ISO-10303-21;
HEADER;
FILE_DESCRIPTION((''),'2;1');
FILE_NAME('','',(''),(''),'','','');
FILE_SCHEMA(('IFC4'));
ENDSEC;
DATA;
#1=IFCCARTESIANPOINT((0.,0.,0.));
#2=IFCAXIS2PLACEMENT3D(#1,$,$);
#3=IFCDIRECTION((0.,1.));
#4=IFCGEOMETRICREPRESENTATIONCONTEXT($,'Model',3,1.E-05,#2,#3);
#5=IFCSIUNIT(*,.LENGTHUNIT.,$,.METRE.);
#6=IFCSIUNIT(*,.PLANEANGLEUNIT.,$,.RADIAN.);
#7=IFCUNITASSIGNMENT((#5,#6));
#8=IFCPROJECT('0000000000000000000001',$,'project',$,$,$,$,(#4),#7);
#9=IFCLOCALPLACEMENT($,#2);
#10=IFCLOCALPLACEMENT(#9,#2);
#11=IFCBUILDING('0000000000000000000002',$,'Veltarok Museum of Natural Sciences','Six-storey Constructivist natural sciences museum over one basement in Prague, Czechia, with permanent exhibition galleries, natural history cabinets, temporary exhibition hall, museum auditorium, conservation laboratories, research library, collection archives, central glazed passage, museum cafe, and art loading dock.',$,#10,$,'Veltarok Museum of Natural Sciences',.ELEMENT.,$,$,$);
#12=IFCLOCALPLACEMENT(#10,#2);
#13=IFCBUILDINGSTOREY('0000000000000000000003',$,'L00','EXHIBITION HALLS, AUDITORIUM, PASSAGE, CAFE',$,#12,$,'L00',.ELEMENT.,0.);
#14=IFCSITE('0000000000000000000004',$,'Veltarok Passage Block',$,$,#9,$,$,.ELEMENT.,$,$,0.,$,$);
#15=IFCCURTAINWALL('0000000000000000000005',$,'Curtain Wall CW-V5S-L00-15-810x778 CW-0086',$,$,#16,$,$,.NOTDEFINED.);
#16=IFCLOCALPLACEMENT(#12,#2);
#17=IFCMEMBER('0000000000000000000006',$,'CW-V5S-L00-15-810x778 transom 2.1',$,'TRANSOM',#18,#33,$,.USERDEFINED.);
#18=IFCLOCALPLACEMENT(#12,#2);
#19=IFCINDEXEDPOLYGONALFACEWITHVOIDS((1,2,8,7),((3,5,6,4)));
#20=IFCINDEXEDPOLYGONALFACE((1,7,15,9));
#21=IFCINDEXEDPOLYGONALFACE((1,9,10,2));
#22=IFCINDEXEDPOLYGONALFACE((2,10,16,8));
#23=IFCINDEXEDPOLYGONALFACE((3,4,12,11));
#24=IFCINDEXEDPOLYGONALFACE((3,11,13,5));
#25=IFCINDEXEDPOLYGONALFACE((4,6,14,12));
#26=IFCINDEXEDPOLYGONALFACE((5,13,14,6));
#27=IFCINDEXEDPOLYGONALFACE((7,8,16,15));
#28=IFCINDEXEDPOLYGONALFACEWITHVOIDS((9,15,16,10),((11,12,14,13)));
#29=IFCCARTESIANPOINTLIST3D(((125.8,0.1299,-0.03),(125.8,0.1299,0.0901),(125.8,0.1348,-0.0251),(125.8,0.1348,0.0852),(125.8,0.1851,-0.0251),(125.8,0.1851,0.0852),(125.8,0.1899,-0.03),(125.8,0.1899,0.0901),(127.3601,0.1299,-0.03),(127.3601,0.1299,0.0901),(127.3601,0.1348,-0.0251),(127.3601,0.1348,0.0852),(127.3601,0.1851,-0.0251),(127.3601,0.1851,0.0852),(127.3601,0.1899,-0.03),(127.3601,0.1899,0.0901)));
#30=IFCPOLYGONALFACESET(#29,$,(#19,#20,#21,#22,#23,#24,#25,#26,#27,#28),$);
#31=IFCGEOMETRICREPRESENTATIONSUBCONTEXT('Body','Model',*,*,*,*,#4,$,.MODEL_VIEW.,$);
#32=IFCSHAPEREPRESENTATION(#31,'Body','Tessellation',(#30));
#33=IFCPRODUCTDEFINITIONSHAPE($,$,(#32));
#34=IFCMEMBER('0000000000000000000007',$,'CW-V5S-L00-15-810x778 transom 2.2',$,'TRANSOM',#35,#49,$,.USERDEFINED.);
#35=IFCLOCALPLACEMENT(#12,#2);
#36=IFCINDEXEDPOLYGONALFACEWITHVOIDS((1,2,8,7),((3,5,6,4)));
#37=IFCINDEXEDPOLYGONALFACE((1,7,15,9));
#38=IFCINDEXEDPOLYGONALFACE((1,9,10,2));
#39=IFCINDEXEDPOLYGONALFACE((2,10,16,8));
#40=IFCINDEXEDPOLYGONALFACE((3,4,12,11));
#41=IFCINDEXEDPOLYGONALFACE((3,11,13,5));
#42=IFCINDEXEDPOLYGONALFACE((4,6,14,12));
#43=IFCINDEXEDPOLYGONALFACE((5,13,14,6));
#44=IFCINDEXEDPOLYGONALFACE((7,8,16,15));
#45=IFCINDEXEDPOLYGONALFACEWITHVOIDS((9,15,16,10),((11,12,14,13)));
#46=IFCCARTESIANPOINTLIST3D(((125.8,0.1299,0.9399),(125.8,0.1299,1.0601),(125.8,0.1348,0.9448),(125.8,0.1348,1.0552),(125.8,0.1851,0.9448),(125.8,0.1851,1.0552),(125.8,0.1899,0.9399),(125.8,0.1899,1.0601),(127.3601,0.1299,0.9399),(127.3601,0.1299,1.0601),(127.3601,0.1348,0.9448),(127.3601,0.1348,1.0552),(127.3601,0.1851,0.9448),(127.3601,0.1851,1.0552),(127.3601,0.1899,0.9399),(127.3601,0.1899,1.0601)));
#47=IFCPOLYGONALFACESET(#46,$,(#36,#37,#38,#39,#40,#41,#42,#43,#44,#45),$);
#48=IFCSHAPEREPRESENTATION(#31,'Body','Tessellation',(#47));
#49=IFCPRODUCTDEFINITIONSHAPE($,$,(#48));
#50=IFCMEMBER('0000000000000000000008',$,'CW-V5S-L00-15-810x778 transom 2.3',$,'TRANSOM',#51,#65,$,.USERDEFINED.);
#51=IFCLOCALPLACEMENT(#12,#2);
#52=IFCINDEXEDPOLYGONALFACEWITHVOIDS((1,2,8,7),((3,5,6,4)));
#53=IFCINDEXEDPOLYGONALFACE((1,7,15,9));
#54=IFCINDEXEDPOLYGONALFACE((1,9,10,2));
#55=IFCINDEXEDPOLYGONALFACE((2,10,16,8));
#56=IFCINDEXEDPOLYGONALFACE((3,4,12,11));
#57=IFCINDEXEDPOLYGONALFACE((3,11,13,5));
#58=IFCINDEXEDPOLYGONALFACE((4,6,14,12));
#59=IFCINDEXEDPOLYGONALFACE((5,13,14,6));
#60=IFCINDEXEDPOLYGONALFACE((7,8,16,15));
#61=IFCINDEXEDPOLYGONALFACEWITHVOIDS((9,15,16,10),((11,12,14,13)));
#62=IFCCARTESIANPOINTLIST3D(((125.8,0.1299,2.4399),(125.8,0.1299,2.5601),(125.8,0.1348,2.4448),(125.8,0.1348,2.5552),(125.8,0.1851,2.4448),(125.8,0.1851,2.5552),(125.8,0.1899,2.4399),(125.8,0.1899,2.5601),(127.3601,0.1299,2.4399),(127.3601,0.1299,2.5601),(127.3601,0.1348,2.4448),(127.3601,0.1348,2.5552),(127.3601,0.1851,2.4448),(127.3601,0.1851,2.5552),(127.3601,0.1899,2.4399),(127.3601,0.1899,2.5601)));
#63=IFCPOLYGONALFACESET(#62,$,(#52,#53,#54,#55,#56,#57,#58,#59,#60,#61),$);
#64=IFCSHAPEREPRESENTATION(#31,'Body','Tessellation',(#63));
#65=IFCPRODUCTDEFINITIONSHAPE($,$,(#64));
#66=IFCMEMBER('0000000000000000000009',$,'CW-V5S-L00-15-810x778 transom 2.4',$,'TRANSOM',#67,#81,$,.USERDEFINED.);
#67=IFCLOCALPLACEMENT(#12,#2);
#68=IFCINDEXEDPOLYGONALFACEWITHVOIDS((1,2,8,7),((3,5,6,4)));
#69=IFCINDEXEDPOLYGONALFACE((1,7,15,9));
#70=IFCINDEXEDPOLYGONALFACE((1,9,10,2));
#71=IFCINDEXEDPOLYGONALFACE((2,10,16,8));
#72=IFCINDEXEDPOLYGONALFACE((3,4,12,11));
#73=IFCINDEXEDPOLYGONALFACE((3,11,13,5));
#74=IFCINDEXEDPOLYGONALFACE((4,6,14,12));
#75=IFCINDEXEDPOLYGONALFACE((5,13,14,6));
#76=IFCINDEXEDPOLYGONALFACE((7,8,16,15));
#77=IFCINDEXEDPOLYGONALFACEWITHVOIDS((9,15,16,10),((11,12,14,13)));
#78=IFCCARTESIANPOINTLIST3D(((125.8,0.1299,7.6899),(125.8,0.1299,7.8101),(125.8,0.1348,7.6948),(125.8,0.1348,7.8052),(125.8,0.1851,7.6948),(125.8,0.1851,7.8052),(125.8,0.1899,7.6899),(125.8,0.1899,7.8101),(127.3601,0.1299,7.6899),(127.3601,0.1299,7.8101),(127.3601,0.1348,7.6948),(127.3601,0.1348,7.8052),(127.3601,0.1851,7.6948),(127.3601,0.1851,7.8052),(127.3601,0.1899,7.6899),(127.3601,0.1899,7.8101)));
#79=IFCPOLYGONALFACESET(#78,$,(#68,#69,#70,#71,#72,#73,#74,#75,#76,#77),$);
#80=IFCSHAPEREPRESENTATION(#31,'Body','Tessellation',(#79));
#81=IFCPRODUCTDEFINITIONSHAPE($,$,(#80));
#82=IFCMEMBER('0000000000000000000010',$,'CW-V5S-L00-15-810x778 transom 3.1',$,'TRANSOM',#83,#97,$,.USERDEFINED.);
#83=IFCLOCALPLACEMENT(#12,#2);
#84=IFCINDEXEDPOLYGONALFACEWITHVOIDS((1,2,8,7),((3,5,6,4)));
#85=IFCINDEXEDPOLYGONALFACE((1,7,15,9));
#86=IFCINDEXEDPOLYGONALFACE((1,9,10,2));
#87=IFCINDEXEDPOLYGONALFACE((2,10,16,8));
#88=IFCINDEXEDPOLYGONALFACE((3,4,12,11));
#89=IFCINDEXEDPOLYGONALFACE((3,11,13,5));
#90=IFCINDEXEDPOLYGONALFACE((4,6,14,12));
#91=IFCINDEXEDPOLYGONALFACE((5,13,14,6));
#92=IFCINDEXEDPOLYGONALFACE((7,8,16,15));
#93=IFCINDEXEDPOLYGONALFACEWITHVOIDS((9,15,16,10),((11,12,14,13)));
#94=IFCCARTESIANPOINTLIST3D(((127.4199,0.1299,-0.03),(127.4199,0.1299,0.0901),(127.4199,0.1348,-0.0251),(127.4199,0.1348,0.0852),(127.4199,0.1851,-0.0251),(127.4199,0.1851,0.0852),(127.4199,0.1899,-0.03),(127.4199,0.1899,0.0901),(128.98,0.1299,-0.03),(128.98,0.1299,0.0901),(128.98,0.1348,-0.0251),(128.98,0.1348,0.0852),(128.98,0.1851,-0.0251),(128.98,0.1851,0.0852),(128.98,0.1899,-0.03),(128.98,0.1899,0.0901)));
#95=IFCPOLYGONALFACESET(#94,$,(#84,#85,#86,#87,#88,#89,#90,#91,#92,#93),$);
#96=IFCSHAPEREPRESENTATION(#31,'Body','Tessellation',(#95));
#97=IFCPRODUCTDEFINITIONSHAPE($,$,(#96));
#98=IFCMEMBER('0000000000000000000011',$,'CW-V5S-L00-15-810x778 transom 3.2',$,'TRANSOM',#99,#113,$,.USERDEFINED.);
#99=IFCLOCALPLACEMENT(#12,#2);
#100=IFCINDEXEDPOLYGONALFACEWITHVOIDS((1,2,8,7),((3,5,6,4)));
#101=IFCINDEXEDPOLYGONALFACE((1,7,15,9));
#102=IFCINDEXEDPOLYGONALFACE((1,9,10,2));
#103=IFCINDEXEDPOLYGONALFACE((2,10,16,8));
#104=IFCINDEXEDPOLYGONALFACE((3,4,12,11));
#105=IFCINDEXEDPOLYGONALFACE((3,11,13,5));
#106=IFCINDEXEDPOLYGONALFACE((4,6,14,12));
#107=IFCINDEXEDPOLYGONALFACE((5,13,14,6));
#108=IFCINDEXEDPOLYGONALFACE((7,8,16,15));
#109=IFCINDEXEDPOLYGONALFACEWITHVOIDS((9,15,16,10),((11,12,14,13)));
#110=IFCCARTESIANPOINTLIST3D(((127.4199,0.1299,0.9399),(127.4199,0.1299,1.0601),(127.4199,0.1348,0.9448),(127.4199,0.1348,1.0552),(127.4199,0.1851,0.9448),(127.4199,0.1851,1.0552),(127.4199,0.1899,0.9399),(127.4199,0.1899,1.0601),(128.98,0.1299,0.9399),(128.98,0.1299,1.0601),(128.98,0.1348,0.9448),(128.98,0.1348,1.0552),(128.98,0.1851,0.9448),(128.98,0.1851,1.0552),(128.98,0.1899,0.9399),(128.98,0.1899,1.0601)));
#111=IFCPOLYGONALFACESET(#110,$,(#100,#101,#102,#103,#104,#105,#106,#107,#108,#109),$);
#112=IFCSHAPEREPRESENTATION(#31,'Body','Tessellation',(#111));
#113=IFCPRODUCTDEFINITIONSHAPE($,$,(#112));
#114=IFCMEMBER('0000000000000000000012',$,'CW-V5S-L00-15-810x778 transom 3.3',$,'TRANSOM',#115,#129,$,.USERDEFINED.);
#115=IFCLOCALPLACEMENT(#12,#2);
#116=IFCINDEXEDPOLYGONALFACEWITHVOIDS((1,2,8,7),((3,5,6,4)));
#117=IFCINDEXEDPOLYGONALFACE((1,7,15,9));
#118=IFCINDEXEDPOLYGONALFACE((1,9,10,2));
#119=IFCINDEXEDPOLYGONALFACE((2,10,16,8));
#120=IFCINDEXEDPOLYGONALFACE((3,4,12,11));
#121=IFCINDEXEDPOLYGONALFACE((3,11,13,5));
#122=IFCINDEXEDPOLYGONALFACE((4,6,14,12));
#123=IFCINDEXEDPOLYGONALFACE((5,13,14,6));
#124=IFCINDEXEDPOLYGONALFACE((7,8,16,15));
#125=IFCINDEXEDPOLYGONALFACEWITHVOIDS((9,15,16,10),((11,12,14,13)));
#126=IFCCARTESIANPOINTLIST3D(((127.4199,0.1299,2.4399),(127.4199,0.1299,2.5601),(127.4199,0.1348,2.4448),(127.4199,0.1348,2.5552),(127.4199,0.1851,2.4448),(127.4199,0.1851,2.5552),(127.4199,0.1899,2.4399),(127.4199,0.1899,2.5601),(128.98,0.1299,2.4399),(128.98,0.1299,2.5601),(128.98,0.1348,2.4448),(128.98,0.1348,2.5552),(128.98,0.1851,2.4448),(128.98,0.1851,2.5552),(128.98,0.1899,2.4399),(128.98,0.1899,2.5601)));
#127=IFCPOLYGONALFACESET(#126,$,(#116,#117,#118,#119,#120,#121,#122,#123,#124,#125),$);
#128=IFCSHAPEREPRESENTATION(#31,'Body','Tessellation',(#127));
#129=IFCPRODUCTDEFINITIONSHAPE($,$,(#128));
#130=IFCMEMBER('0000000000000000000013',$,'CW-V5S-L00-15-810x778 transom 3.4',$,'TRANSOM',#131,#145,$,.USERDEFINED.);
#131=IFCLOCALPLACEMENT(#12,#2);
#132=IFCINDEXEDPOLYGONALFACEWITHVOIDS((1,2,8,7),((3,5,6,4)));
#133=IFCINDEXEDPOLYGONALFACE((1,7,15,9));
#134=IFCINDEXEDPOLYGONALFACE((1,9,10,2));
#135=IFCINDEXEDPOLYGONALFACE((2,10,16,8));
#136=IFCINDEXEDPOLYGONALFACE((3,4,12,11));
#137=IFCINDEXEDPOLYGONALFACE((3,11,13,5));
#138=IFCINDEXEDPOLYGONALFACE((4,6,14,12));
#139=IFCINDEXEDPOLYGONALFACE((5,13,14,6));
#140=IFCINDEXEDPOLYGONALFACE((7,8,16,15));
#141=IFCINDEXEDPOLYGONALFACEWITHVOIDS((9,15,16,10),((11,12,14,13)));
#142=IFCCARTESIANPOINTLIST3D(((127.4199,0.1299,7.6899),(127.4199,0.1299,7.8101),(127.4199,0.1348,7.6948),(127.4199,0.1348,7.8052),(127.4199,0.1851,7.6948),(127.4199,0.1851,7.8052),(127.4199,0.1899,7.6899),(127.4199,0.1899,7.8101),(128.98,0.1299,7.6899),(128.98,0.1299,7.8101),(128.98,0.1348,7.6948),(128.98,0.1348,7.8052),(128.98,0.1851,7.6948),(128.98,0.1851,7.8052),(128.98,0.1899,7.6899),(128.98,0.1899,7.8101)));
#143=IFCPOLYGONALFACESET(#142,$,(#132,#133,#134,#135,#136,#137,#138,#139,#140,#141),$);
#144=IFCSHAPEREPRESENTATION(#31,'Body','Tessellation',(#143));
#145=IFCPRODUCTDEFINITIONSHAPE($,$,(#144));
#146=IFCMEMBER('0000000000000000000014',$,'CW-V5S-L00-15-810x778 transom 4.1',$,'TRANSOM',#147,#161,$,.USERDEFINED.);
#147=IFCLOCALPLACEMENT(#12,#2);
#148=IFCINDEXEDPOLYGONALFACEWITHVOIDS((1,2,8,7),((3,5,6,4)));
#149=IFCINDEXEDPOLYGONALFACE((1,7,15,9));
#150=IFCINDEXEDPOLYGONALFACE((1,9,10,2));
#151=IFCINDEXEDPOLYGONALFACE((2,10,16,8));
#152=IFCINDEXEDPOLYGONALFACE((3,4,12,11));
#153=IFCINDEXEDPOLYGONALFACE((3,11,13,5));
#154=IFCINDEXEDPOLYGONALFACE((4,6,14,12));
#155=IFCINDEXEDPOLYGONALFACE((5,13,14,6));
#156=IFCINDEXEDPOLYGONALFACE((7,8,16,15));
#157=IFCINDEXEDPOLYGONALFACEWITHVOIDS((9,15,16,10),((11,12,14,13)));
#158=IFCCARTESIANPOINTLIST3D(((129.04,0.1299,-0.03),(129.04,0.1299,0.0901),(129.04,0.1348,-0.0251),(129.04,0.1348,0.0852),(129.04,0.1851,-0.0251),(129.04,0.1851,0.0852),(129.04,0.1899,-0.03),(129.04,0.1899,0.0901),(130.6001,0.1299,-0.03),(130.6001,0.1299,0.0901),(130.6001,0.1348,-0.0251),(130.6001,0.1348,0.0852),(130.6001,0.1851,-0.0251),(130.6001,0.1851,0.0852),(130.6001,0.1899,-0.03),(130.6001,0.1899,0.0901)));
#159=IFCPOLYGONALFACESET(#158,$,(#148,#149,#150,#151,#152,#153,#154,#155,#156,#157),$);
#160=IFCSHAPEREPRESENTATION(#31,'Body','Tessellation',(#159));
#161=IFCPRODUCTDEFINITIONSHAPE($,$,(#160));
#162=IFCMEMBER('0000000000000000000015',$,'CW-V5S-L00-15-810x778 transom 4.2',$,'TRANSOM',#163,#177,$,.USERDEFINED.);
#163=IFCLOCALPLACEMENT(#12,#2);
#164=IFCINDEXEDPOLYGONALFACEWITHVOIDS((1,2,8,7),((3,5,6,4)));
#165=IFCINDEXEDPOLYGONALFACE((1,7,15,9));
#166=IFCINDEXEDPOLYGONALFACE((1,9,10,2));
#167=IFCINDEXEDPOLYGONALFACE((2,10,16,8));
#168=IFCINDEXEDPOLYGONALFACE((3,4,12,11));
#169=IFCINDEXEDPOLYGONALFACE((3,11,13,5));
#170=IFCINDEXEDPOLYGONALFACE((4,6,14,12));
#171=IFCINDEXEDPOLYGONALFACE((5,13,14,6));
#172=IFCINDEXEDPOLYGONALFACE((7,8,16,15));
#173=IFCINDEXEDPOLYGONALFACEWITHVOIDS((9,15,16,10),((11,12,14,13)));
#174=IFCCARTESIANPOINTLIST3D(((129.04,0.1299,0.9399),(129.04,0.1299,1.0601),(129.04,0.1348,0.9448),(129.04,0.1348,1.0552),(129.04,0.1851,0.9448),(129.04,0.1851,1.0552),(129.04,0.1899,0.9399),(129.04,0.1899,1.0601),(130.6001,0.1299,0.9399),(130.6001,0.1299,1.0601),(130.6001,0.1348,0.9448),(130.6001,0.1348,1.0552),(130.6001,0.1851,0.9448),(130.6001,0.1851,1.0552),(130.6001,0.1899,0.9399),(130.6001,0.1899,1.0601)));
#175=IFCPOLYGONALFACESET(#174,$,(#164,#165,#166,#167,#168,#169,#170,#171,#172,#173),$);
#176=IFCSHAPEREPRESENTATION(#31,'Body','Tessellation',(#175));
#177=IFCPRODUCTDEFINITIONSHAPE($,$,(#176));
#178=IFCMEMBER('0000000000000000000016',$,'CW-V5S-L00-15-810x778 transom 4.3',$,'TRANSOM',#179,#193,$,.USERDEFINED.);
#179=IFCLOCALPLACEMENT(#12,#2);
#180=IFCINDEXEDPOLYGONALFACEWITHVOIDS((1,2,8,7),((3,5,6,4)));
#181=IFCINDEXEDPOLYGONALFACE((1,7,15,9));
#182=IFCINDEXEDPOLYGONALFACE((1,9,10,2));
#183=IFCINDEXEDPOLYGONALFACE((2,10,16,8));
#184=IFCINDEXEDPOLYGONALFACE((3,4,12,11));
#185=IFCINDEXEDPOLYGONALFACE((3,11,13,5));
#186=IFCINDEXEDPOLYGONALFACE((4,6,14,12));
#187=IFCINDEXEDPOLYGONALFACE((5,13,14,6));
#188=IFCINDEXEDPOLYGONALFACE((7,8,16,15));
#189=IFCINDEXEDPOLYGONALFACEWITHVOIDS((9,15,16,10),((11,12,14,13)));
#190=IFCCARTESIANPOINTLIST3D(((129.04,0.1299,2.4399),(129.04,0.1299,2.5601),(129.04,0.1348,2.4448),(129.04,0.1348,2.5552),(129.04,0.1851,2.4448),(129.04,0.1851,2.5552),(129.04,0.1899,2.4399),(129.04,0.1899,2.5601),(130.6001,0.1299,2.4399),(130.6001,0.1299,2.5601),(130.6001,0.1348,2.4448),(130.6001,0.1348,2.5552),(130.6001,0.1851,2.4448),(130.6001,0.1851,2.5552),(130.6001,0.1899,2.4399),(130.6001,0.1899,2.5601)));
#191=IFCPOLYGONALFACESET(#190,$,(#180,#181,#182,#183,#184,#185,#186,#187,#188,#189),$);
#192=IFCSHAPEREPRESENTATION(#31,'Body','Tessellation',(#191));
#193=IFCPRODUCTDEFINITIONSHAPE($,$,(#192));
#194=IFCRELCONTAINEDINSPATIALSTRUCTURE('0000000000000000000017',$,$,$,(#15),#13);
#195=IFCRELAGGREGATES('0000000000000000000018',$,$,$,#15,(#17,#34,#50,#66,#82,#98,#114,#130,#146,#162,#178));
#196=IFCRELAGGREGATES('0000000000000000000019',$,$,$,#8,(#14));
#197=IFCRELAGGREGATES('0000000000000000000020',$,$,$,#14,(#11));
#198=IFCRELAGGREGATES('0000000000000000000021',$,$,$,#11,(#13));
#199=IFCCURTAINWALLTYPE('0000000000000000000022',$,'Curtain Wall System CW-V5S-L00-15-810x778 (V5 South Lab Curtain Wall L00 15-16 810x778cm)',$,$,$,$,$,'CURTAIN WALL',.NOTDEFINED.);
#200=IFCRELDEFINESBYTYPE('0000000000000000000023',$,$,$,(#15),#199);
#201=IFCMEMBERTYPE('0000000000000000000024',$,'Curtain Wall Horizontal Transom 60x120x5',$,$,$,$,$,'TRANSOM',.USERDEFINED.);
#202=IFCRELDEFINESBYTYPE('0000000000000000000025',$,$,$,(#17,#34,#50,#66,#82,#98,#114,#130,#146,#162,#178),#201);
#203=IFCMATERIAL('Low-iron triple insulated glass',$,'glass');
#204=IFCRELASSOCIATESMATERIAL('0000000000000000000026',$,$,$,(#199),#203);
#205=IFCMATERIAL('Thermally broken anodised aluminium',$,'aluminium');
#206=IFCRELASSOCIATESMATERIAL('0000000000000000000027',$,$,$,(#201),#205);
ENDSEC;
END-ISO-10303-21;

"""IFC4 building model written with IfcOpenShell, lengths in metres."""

from ifc_helpers import new_model, si_unit, direction, frame, origin, origin_2d, place, context, subcontext, project, spatial, hollow_rectangle, extrude, material, material_profile, profile_set, type_object, element, aggregate, save


model = new_model("IFC4")

# Units and contexts
model_context = context("Model", 3, precision=1e-05, world=origin(), true_north=direction((0.0, 1.0)))
body_context = subcontext(model_context, "Body", "Model", "MODEL_VIEW")
ifc_project = project(units=[si_unit("LENGTHUNIT", "METRE"), si_unit("PLANEANGLEUNIT", "RADIAN")], contexts=[model_context])

# Site, building, storey
site_placement = place(None, origin())
site = spatial("IfcSite", under=ifc_project, at=site_placement, Name="Veltarok Passage Block", CompositionType="ELEMENT", RefElevation=0.0)
building_placement = place(site_placement, origin())
building = spatial("IfcBuilding", under=site, at=building_placement, Name="Veltarok Museum of Natural Sciences", Description="Six-storey Constructivist natural sciences museum over one basement in Prague, Czechia, with permanent exhibition galleries, natural history cabinets, temporary exhibition hall, museum auditorium, conservation laboratories, research library, collection archives, central glazed passage, museum cafe, and art loading dock.", LongName="Veltarok Museum of Natural Sciences", CompositionType="ELEMENT")
storey_placement = place(building_placement, origin())
storey = spatial("IfcBuildingStorey", under=building, at=storey_placement, Name="L00", Description="EXHIBITION HALLS, AUDITORIUM, PASSAGE, CAFE", LongName="L00", CompositionType="ELEMENT", Elevation=0.0)

# Curtain wall, members
ifc_material_1 = material(Name="Low-iron triple insulated glass", Category="glass")
curtain_wall_type = type_object("IfcCurtainWallType", Name="Curtain Wall System CW-V5S-L00-15-810x778 (V5 South Lab Curtain Wall L00 15-16 810x778cm)", ElementType="CURTAIN WALL", PredefinedType="NOTDEFINED", material=ifc_material_1)
curtain_wall_placement = place(storey_placement, origin())
curtain_wall = element("IfcCurtainWall", 1, at=curtain_wall_placement, inside=storey, type_object=curtain_wall_type, Name="Curtain Wall CW-V5S-L00-15-810x778 CW-0086", PredefinedType="NOTDEFINED")
ifc_material_2 = material(Name="Thermally broken anodised aluminium", Category="aluminium")
ifc_material_profile_1 = material_profile(ifc_material_2, hollow_rectangle(XDim=0.0601, YDim=0.1201, WallThickness=0.0049, at=origin_2d()), Name="CW TRANSOM 60x120x5")
ifc_profile_set_1 = profile_set([ifc_material_profile_1], Name="Thermally broken anodised aluminium")
member_type_1 = type_object("IfcMemberType", Name="Curtain Wall Horizontal Transom 60x120x5", ElementType="TRANSOM", PredefinedType="USERDEFINED", material=ifc_profile_set_1)
member_1_placement = place(storey_placement, frame((125.8, 0.1599, 0.03), z_axis=(1.0, 0.0, 0.0), x_axis=(0.0, 1.0, 0.0)))
member_1 = element("IfcMember", 2, at=member_1_placement, type_object=member_type_1, Name="CW-V5S-L00-15-810x778 transom 2.1", ObjectType="TRANSOM", PredefinedType="USERDEFINED", context=body_context, shape_type="SweptSolid", body=[
    extrude(hollow_rectangle(XDim=0.0601, YDim=0.1201, WallThickness=0.0049, at=origin_2d()), origin(), (0.0, 0.0, 1.0), 1.5601),
])
member_2_placement = place(storey_placement, frame((125.8, 0.1599, 1.0), z_axis=(1.0, 0.0, 0.0), x_axis=(0.0, 1.0, 0.0)))
member_2 = element("IfcMember", 3, at=member_2_placement, type_object=member_type_1, Name="CW-V5S-L00-15-810x778 transom 2.2", ObjectType="TRANSOM", PredefinedType="USERDEFINED", context=body_context, shape_type="SweptSolid", body=[
    extrude(hollow_rectangle(XDim=0.0601, YDim=0.1201, WallThickness=0.0049, at=origin_2d()), origin(), (0.0, 0.0, 1.0), 1.5601),
])
member_3_placement = place(storey_placement, frame((125.8, 0.1599, 2.5), z_axis=(1.0, 0.0, 0.0), x_axis=(0.0, 1.0, 0.0)))
member_3 = element("IfcMember", 4, at=member_3_placement, type_object=member_type_1, Name="CW-V5S-L00-15-810x778 transom 2.3", ObjectType="TRANSOM", PredefinedType="USERDEFINED", context=body_context, shape_type="SweptSolid", body=[
    extrude(hollow_rectangle(XDim=0.0601, YDim=0.1201, WallThickness=0.0049, at=origin_2d()), origin(), (0.0, 0.0, 1.0), 1.5601),
])
member_4_placement = place(storey_placement, frame((125.8, 0.1599, 7.75), z_axis=(1.0, 0.0, 0.0), x_axis=(0.0, 1.0, 0.0)))
member_4 = element("IfcMember", 5, at=member_4_placement, type_object=member_type_1, Name="CW-V5S-L00-15-810x778 transom 2.4", ObjectType="TRANSOM", PredefinedType="USERDEFINED", context=body_context, shape_type="SweptSolid", body=[
    extrude(hollow_rectangle(XDim=0.0601, YDim=0.1201, WallThickness=0.0049, at=origin_2d()), origin(), (0.0, 0.0, 1.0), 1.5601),
])
member_5_placement = place(storey_placement, frame((127.4199, 0.1599, 0.03), z_axis=(1.0, 0.0, 0.0), x_axis=(0.0, 1.0, 0.0)))
member_5 = element("IfcMember", 6, at=member_5_placement, type_object=member_type_1, Name="CW-V5S-L00-15-810x778 transom 3.1", ObjectType="TRANSOM", PredefinedType="USERDEFINED", context=body_context, shape_type="SweptSolid", body=[
    extrude(hollow_rectangle(XDim=0.0601, YDim=0.1201, WallThickness=0.0049, at=origin_2d()), origin(), (0.0, 0.0, 1.0), 1.5601),
])
member_6_placement = place(storey_placement, frame((127.4199, 0.1599, 1.0), z_axis=(1.0, 0.0, 0.0), x_axis=(0.0, 1.0, 0.0)))
member_6 = element("IfcMember", 7, at=member_6_placement, type_object=member_type_1, Name="CW-V5S-L00-15-810x778 transom 3.2", ObjectType="TRANSOM", PredefinedType="USERDEFINED", context=body_context, shape_type="SweptSolid", body=[
    extrude(hollow_rectangle(XDim=0.0601, YDim=0.1201, WallThickness=0.0049, at=origin_2d()), origin(), (0.0, 0.0, 1.0), 1.5601),
])
member_7_placement = place(storey_placement, frame((127.4199, 0.1599, 2.5), z_axis=(1.0, 0.0, 0.0), x_axis=(0.0, 1.0, 0.0)))
member_7 = element("IfcMember", 8, at=member_7_placement, type_object=member_type_1, Name="CW-V5S-L00-15-810x778 transom 3.3", ObjectType="TRANSOM", PredefinedType="USERDEFINED", context=body_context, shape_type="SweptSolid", body=[
    extrude(hollow_rectangle(XDim=0.0601, YDim=0.1201, WallThickness=0.0049, at=origin_2d()), origin(), (0.0, 0.0, 1.0), 1.5601),
])
member_8_placement = place(storey_placement, frame((127.4199, 0.1599, 7.75), z_axis=(1.0, 0.0, 0.0), x_axis=(0.0, 1.0, 0.0)))
member_8 = element("IfcMember", 9, at=member_8_placement, type_object=member_type_1, Name="CW-V5S-L00-15-810x778 transom 3.4", ObjectType="TRANSOM", PredefinedType="USERDEFINED", context=body_context, shape_type="SweptSolid", body=[
    extrude(hollow_rectangle(XDim=0.0601, YDim=0.1201, WallThickness=0.0049, at=origin_2d()), origin(), (0.0, 0.0, 1.0), 1.5601),
])
member_9_placement = place(storey_placement, frame((129.04, 0.1599, 0.03), z_axis=(1.0, 0.0, 0.0), x_axis=(0.0, 1.0, 0.0)))
member_9 = element("IfcMember", 10, at=member_9_placement, type_object=member_type_1, Name="CW-V5S-L00-15-810x778 transom 4.1", ObjectType="TRANSOM", PredefinedType="USERDEFINED", context=body_context, shape_type="SweptSolid", body=[
    extrude(hollow_rectangle(XDim=0.0601, YDim=0.1201, WallThickness=0.0049, at=origin_2d()), origin(), (0.0, 0.0, 1.0), 1.5601),
])
member_10_placement = place(storey_placement, frame((129.04, 0.1599, 1.0), z_axis=(1.0, 0.0, 0.0), x_axis=(0.0, 1.0, 0.0)))
member_10 = element("IfcMember", 11, at=member_10_placement, type_object=member_type_1, Name="CW-V5S-L00-15-810x778 transom 4.2", ObjectType="TRANSOM", PredefinedType="USERDEFINED", context=body_context, shape_type="SweptSolid", body=[
    extrude(hollow_rectangle(XDim=0.0601, YDim=0.1201, WallThickness=0.0049, at=origin_2d()), origin(), (0.0, 0.0, 1.0), 1.5601),
])
member_11_placement = place(storey_placement, frame((129.04, 0.1599, 2.5), z_axis=(1.0, 0.0, 0.0), x_axis=(0.0, 1.0, 0.0)))
member_11 = element("IfcMember", 12, at=member_11_placement, type_object=member_type_1, Name="CW-V5S-L00-15-810x778 transom 4.3", ObjectType="TRANSOM", PredefinedType="USERDEFINED", context=body_context, shape_type="SweptSolid", body=[
    extrude(hollow_rectangle(XDim=0.0601, YDim=0.1201, WallThickness=0.0049, at=origin_2d()), origin(), (0.0, 0.0, 1.0), 1.5601),
])

aggregate(curtain_wall, [member_1, member_2, member_3, member_4, member_5, member_6, member_7, member_8, member_9, member_10, member_11])

save(model, "model.ifc")
